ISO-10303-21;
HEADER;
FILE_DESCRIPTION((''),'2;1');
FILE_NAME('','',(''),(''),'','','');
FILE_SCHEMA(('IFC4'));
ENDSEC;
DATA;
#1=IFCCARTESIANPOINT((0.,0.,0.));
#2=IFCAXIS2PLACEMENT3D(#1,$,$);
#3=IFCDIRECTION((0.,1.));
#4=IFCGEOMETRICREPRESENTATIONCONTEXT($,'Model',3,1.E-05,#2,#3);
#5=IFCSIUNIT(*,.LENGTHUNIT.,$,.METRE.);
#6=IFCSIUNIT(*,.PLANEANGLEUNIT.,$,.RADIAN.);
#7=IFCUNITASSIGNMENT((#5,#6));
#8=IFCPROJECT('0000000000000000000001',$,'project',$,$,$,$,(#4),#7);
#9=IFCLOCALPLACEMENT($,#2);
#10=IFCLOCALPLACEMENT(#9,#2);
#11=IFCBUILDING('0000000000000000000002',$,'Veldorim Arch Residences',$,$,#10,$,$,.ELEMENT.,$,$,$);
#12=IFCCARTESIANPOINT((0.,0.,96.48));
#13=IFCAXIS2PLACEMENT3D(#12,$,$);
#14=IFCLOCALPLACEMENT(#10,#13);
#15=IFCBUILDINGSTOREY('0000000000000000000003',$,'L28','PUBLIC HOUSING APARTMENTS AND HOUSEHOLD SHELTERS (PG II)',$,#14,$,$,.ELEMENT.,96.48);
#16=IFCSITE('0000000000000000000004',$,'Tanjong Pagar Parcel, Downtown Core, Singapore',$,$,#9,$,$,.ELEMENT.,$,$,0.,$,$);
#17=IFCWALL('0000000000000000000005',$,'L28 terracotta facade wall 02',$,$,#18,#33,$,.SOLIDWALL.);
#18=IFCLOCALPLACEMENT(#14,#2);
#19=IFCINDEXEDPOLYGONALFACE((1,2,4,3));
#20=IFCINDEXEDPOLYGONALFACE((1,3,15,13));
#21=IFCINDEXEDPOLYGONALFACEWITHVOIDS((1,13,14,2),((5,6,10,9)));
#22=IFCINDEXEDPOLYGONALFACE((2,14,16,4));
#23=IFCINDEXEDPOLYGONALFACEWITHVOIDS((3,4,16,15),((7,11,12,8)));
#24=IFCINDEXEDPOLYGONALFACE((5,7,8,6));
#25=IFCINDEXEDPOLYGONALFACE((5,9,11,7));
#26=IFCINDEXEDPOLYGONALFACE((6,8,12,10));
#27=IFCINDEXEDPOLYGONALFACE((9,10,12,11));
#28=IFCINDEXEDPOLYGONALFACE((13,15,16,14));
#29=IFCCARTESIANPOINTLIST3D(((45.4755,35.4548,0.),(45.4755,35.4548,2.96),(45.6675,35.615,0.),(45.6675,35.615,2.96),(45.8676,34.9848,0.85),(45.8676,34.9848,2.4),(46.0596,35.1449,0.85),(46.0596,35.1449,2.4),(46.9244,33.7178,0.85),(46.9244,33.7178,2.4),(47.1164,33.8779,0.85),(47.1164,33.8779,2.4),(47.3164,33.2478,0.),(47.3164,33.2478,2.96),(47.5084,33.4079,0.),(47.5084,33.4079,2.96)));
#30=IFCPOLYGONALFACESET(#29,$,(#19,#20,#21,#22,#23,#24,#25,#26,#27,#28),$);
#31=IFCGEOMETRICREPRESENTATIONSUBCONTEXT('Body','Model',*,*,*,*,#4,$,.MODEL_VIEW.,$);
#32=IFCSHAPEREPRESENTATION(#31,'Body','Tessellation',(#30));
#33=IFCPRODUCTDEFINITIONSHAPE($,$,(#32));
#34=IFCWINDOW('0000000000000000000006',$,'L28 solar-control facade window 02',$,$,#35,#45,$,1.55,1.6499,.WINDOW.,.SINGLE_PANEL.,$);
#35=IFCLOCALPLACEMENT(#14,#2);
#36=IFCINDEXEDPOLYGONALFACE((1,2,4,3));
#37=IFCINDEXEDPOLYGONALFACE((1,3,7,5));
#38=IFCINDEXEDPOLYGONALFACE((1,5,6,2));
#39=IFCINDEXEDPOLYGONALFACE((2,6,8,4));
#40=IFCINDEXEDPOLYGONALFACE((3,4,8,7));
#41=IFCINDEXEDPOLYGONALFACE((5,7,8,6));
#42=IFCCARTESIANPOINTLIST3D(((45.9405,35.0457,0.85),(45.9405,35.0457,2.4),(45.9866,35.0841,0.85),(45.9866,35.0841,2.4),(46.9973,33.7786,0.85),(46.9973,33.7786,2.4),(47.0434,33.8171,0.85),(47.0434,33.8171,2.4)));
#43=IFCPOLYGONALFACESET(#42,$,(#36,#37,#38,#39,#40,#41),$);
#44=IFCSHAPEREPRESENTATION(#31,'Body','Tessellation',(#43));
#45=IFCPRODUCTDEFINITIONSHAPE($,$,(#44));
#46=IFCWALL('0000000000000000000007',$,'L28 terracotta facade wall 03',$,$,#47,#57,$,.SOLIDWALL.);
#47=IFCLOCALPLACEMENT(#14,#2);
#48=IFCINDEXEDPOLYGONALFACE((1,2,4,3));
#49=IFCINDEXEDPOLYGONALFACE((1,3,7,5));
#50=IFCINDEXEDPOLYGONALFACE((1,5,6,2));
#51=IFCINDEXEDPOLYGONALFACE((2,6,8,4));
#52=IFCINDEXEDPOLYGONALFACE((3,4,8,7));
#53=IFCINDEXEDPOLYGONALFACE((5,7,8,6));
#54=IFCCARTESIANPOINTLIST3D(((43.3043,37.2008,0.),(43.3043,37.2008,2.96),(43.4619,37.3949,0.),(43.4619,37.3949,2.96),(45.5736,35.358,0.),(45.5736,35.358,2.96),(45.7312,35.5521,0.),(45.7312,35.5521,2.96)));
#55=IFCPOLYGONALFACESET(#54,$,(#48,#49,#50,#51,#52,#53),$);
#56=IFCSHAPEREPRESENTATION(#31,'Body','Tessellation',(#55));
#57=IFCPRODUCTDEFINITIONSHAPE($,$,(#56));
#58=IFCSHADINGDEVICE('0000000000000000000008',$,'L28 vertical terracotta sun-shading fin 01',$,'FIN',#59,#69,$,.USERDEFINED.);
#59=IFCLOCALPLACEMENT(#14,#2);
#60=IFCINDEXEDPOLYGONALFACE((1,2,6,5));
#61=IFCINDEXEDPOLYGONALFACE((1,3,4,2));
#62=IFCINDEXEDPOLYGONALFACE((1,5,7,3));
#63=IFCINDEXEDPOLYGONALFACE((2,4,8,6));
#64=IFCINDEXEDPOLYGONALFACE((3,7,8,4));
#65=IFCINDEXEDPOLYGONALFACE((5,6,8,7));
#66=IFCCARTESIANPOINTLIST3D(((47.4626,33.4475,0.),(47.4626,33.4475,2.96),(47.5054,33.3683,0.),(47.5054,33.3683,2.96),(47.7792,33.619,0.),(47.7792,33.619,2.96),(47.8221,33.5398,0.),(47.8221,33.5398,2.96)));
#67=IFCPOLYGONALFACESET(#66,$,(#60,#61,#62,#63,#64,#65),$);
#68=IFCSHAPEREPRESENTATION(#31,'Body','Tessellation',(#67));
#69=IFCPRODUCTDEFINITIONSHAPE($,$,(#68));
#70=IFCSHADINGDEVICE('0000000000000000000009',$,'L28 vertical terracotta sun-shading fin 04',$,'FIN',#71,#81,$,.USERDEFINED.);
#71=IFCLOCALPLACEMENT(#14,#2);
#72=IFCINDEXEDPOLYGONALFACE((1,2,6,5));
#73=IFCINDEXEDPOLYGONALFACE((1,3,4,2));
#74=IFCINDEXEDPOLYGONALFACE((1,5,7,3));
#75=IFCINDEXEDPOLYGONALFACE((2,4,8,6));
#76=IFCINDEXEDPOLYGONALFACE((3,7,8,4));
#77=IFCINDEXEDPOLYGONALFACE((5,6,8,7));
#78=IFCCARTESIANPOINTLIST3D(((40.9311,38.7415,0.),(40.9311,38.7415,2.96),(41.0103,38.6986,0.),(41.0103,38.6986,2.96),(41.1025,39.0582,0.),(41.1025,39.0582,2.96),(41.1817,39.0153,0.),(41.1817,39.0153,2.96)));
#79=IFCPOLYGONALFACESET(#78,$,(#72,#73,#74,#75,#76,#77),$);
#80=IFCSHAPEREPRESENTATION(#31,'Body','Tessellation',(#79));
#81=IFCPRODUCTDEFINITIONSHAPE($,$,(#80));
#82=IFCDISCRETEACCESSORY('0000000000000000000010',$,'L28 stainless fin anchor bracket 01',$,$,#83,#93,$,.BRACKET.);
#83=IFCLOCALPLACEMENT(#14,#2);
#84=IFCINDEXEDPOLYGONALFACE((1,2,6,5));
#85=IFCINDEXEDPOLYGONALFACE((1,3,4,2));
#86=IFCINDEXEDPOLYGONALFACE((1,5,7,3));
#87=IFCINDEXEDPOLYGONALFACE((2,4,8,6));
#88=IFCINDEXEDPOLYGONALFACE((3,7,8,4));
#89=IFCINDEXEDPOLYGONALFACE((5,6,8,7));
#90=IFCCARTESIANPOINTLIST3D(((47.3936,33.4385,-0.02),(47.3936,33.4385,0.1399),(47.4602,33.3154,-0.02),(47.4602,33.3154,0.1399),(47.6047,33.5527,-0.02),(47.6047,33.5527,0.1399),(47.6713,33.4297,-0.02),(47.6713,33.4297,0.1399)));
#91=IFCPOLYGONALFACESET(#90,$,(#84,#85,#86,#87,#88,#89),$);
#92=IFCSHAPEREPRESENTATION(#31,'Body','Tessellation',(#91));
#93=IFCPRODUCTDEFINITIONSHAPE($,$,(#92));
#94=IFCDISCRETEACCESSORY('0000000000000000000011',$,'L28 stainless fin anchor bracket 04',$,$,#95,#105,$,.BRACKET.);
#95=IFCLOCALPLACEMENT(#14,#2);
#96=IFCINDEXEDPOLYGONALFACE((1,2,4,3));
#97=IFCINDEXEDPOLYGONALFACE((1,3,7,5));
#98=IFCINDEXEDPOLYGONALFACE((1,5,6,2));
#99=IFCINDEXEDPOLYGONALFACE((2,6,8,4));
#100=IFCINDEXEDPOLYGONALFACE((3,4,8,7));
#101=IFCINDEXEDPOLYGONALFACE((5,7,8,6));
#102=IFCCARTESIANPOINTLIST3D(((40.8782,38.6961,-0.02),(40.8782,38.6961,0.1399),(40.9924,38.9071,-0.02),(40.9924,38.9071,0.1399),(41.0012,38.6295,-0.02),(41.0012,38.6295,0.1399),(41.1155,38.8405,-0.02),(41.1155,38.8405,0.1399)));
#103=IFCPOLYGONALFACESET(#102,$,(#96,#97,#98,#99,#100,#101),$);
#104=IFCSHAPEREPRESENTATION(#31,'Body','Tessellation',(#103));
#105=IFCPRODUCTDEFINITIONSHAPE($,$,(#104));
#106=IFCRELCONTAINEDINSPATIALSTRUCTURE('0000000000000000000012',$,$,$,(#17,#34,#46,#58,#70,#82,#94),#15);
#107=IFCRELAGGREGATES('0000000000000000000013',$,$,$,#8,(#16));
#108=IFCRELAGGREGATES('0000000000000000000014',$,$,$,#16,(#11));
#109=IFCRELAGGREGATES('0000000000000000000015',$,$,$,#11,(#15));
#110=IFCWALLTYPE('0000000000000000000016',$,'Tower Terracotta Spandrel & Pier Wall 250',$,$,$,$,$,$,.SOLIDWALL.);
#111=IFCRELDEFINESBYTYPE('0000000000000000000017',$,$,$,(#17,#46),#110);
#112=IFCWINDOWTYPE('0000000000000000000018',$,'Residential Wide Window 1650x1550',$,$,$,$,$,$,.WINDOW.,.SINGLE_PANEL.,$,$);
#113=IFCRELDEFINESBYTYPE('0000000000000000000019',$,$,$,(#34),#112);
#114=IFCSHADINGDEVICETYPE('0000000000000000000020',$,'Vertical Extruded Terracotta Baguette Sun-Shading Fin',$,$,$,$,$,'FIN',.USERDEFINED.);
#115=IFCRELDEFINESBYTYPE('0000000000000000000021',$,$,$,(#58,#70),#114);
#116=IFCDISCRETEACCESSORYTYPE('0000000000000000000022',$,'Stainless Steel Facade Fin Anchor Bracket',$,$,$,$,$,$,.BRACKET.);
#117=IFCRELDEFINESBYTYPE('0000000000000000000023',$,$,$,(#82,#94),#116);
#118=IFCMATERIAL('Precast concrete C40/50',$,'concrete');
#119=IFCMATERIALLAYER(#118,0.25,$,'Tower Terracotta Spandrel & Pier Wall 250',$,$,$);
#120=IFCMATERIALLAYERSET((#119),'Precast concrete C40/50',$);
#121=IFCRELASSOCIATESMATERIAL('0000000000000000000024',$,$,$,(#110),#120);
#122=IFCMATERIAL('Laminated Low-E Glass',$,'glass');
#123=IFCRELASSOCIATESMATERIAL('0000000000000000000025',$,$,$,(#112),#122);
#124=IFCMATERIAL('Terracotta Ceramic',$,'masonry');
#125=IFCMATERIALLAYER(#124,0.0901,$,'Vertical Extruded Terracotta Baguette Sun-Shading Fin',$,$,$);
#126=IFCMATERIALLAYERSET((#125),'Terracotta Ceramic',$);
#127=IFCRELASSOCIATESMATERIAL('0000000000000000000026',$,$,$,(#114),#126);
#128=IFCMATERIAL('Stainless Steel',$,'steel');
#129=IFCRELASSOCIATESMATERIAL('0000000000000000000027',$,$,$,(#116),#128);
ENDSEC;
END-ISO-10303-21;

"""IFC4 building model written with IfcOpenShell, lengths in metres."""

from ifc_helpers import new_model, si_unit, direction, frame, frame_2d, origin, origin_2d, place, context, subcontext, project, spatial, rectangle, extrude, material, layer, layer_set, type_object, element, fill, save


model = new_model("IFC4")

# Units and contexts
model_context = context("Model", 3, precision=1e-05, world=origin(), true_north=direction((0.0, 1.0)))
body_context = subcontext(model_context, "Body", "Model", "MODEL_VIEW")
ifc_project = project(units=[si_unit("LENGTHUNIT", "METRE"), si_unit("PLANEANGLEUNIT", "RADIAN")], contexts=[model_context])

# Site, building, storey
site_placement = place(None, origin())
site = spatial("IfcSite", under=ifc_project, at=site_placement, Name="Tanjong Pagar Parcel, Downtown Core, Singapore", CompositionType="ELEMENT", RefElevation=0.0)
building_placement = place(site_placement, origin())
building = spatial("IfcBuilding", under=site, at=building_placement, Name="Veldorim Arch Residences", CompositionType="ELEMENT")
storey_placement = place(building_placement, frame((0.0, 0.0, 96.48)))
storey = spatial("IfcBuildingStorey", under=building, at=storey_placement, Name="L28", Description="PUBLIC HOUSING APARTMENTS AND HOUSEHOLD SHELTERS (PG II)", CompositionType="ELEMENT", Elevation=96.48)

# Wall, opening, window
ifc_material_1 = material(Name="Precast concrete C40/50", Category="concrete")
ifc_layer_1 = layer(ifc_material_1, 0.25, Name="Tower Terracotta Spandrel & Pier Wall 250")
ifc_layer_set_1 = layer_set([ifc_layer_1], Name="Precast concrete C40/50")
wall_type_1 = type_object("IfcWallType", Name="Tower Terracotta Spandrel & Pier Wall 250", PredefinedType="SOLIDWALL", material=ifc_layer_set_1)
wall_1_placement = place(storey_placement, frame((45.5715, 35.5349, 0.0), z_axis=(0.0, 0.0, 1.0), x_axis=(0.640519, -0.767943, 0.0)))
wall_1 = element("IfcWall", 1, at=wall_1_placement, inside=storey, type_object=wall_type_1, Name="L28 terracotta facade wall 02", PredefinedType="SOLIDWALL", context=body_context, shape_type="SweptSolid", body=[
    extrude(rectangle(XDim=2.874, YDim=0.25, at=frame_2d((1.437, 0.0))), origin(), (0.0, 0.0, 1.0), 2.96),
])
opening_placement = place(wall_1_placement, frame((0.6121, 0.0, 0.8501)))
opening = element("IfcOpeningElement", 2, at=opening_placement, cuts=wall_1, PredefinedType="OPENING", context=body_context, shape_type="SweptSolid", body=[
    extrude(rectangle(XDim=1.6499, YDim=1.55, at=frame_2d((0.825, 0.7749))), frame((0.0, 0.135, 0.0), z_axis=(0.0, -1.0, 0.0), x_axis=(1.0, 0.0, 0.0)), (0.0, 0.0, 1.0), 0.27),
])
ifc_material_2 = material(Name="Laminated Low-E Glass", Category="glass")
window_type = type_object("IfcWindowType", Name="Residential Wide Window 1650x1550", PartitioningType="SINGLE_PANEL", PredefinedType="WINDOW", material=ifc_material_2)
window_placement = place(opening_placement, origin())
window = element("IfcWindow", 3, at=window_placement, inside=storey, type_object=window_type, Name="L28 solar-control facade window 02", OverallHeight=1.55, OverallWidth=1.6499, PartitioningType="SINGLE_PANEL", PredefinedType="WINDOW", context=body_context, shape_type="SweptSolid", body=[
    extrude(rectangle(XDim=1.6499, YDim=1.55, at=frame_2d((0.825, 0.7749))), frame((0.0, 0.03, 0.0), z_axis=(0.0, -1.0, 0.0), x_axis=(1.0, 0.0, 0.0)), (0.0, 0.0, 1.0), 0.0601),
])
fill(opening, window)

# Wall
wall_2_placement = place(storey_placement, frame((43.3831, 37.2979, 0.0), z_axis=(0.0, 0.0, 1.0), x_axis=(0.776285, -0.630382, 0.0)))
element("IfcWall", 4, at=wall_2_placement, inside=storey, type_object=wall_type_1, Name="L28 terracotta facade wall 03", PredefinedType="SOLIDWALL", context=body_context, shape_type="SweptSolid", body=[
    extrude(rectangle(XDim=2.9233, YDim=0.25, at=frame_2d((1.4617, 0.0))), origin(), (0.0, 0.0, 1.0), 2.96),
])

# Shading devices
ifc_material_3 = material(Name="Terracotta Ceramic", Category="masonry")
ifc_layer_2 = layer(ifc_material_3, 0.0901, Name="Vertical Extruded Terracotta Baguette Sun-Shading Fin")
ifc_layer_set_2 = layer_set([ifc_layer_2], Name="Terracotta Ceramic")
shading_device_type = type_object("IfcShadingDeviceType", Name="Vertical Extruded Terracotta Baguette Sun-Shading Fin", ElementType="FIN", PredefinedType="USERDEFINED", material=ifc_layer_set_2)
for number, where, z_axis, x_axis, name in (
    (5, (47.6423, 33.4937, 0.0), (0.0, 0.0, 1.0), (0.476085, -0.879399, 0.0), "L28 vertical terracotta sun-shading fin 01"),
    (6, (41.0564, 38.8784, 0.0), (0.0, 0.0, 1.0), (0.879399, -0.476085, 0.0), "L28 vertical terracotta sun-shading fin 04"),
):
    element("IfcShadingDevice", number, at=place(storey_placement, frame(where, z_axis=z_axis, x_axis=x_axis)), inside=storey, type_object=shading_device_type, Name=name, ObjectType="FIN", PredefinedType="USERDEFINED", context=body_context, shape_type="SweptSolid", body=[
        extrude(rectangle(XDim=0.0901, YDim=0.3601, at=origin_2d()), origin(), (0.0, 0.0, 1.0), 2.96),
    ])

# Discrete accessories
ifc_material_4 = material(Name="Stainless Steel", Category="steel")
discrete_accessory_type = type_object("IfcDiscreteAccessoryType", Name="Stainless Steel Facade Fin Anchor Bracket", PredefinedType="BRACKET", material=ifc_material_4)
for number, where, z_axis, x_axis, name in (
    (7, (47.5325, 33.4341, -0.02), (0.0, 0.0, 1.0), (0.476085, -0.879399, 0.0), "L28 stainless fin anchor bracket 01"),
    (8, (40.9968, 38.7683, -0.02), (0.0, 0.0, 1.0), (0.879399, -0.476085, 0.0), "L28 stainless fin anchor bracket 04"),
):
    element("IfcDiscreteAccessory", number, at=place(storey_placement, frame(where, z_axis=z_axis, x_axis=x_axis)), inside=storey, type_object=discrete_accessory_type, Name=name, PredefinedType="BRACKET", context=body_context, shape_type="SweptSolid", body=[
        extrude(rectangle(XDim=0.1399, YDim=0.24, at=origin_2d()), origin(), (0.0, 0.0, 1.0), 0.1599),
    ])

save(model, "model.ifc")
